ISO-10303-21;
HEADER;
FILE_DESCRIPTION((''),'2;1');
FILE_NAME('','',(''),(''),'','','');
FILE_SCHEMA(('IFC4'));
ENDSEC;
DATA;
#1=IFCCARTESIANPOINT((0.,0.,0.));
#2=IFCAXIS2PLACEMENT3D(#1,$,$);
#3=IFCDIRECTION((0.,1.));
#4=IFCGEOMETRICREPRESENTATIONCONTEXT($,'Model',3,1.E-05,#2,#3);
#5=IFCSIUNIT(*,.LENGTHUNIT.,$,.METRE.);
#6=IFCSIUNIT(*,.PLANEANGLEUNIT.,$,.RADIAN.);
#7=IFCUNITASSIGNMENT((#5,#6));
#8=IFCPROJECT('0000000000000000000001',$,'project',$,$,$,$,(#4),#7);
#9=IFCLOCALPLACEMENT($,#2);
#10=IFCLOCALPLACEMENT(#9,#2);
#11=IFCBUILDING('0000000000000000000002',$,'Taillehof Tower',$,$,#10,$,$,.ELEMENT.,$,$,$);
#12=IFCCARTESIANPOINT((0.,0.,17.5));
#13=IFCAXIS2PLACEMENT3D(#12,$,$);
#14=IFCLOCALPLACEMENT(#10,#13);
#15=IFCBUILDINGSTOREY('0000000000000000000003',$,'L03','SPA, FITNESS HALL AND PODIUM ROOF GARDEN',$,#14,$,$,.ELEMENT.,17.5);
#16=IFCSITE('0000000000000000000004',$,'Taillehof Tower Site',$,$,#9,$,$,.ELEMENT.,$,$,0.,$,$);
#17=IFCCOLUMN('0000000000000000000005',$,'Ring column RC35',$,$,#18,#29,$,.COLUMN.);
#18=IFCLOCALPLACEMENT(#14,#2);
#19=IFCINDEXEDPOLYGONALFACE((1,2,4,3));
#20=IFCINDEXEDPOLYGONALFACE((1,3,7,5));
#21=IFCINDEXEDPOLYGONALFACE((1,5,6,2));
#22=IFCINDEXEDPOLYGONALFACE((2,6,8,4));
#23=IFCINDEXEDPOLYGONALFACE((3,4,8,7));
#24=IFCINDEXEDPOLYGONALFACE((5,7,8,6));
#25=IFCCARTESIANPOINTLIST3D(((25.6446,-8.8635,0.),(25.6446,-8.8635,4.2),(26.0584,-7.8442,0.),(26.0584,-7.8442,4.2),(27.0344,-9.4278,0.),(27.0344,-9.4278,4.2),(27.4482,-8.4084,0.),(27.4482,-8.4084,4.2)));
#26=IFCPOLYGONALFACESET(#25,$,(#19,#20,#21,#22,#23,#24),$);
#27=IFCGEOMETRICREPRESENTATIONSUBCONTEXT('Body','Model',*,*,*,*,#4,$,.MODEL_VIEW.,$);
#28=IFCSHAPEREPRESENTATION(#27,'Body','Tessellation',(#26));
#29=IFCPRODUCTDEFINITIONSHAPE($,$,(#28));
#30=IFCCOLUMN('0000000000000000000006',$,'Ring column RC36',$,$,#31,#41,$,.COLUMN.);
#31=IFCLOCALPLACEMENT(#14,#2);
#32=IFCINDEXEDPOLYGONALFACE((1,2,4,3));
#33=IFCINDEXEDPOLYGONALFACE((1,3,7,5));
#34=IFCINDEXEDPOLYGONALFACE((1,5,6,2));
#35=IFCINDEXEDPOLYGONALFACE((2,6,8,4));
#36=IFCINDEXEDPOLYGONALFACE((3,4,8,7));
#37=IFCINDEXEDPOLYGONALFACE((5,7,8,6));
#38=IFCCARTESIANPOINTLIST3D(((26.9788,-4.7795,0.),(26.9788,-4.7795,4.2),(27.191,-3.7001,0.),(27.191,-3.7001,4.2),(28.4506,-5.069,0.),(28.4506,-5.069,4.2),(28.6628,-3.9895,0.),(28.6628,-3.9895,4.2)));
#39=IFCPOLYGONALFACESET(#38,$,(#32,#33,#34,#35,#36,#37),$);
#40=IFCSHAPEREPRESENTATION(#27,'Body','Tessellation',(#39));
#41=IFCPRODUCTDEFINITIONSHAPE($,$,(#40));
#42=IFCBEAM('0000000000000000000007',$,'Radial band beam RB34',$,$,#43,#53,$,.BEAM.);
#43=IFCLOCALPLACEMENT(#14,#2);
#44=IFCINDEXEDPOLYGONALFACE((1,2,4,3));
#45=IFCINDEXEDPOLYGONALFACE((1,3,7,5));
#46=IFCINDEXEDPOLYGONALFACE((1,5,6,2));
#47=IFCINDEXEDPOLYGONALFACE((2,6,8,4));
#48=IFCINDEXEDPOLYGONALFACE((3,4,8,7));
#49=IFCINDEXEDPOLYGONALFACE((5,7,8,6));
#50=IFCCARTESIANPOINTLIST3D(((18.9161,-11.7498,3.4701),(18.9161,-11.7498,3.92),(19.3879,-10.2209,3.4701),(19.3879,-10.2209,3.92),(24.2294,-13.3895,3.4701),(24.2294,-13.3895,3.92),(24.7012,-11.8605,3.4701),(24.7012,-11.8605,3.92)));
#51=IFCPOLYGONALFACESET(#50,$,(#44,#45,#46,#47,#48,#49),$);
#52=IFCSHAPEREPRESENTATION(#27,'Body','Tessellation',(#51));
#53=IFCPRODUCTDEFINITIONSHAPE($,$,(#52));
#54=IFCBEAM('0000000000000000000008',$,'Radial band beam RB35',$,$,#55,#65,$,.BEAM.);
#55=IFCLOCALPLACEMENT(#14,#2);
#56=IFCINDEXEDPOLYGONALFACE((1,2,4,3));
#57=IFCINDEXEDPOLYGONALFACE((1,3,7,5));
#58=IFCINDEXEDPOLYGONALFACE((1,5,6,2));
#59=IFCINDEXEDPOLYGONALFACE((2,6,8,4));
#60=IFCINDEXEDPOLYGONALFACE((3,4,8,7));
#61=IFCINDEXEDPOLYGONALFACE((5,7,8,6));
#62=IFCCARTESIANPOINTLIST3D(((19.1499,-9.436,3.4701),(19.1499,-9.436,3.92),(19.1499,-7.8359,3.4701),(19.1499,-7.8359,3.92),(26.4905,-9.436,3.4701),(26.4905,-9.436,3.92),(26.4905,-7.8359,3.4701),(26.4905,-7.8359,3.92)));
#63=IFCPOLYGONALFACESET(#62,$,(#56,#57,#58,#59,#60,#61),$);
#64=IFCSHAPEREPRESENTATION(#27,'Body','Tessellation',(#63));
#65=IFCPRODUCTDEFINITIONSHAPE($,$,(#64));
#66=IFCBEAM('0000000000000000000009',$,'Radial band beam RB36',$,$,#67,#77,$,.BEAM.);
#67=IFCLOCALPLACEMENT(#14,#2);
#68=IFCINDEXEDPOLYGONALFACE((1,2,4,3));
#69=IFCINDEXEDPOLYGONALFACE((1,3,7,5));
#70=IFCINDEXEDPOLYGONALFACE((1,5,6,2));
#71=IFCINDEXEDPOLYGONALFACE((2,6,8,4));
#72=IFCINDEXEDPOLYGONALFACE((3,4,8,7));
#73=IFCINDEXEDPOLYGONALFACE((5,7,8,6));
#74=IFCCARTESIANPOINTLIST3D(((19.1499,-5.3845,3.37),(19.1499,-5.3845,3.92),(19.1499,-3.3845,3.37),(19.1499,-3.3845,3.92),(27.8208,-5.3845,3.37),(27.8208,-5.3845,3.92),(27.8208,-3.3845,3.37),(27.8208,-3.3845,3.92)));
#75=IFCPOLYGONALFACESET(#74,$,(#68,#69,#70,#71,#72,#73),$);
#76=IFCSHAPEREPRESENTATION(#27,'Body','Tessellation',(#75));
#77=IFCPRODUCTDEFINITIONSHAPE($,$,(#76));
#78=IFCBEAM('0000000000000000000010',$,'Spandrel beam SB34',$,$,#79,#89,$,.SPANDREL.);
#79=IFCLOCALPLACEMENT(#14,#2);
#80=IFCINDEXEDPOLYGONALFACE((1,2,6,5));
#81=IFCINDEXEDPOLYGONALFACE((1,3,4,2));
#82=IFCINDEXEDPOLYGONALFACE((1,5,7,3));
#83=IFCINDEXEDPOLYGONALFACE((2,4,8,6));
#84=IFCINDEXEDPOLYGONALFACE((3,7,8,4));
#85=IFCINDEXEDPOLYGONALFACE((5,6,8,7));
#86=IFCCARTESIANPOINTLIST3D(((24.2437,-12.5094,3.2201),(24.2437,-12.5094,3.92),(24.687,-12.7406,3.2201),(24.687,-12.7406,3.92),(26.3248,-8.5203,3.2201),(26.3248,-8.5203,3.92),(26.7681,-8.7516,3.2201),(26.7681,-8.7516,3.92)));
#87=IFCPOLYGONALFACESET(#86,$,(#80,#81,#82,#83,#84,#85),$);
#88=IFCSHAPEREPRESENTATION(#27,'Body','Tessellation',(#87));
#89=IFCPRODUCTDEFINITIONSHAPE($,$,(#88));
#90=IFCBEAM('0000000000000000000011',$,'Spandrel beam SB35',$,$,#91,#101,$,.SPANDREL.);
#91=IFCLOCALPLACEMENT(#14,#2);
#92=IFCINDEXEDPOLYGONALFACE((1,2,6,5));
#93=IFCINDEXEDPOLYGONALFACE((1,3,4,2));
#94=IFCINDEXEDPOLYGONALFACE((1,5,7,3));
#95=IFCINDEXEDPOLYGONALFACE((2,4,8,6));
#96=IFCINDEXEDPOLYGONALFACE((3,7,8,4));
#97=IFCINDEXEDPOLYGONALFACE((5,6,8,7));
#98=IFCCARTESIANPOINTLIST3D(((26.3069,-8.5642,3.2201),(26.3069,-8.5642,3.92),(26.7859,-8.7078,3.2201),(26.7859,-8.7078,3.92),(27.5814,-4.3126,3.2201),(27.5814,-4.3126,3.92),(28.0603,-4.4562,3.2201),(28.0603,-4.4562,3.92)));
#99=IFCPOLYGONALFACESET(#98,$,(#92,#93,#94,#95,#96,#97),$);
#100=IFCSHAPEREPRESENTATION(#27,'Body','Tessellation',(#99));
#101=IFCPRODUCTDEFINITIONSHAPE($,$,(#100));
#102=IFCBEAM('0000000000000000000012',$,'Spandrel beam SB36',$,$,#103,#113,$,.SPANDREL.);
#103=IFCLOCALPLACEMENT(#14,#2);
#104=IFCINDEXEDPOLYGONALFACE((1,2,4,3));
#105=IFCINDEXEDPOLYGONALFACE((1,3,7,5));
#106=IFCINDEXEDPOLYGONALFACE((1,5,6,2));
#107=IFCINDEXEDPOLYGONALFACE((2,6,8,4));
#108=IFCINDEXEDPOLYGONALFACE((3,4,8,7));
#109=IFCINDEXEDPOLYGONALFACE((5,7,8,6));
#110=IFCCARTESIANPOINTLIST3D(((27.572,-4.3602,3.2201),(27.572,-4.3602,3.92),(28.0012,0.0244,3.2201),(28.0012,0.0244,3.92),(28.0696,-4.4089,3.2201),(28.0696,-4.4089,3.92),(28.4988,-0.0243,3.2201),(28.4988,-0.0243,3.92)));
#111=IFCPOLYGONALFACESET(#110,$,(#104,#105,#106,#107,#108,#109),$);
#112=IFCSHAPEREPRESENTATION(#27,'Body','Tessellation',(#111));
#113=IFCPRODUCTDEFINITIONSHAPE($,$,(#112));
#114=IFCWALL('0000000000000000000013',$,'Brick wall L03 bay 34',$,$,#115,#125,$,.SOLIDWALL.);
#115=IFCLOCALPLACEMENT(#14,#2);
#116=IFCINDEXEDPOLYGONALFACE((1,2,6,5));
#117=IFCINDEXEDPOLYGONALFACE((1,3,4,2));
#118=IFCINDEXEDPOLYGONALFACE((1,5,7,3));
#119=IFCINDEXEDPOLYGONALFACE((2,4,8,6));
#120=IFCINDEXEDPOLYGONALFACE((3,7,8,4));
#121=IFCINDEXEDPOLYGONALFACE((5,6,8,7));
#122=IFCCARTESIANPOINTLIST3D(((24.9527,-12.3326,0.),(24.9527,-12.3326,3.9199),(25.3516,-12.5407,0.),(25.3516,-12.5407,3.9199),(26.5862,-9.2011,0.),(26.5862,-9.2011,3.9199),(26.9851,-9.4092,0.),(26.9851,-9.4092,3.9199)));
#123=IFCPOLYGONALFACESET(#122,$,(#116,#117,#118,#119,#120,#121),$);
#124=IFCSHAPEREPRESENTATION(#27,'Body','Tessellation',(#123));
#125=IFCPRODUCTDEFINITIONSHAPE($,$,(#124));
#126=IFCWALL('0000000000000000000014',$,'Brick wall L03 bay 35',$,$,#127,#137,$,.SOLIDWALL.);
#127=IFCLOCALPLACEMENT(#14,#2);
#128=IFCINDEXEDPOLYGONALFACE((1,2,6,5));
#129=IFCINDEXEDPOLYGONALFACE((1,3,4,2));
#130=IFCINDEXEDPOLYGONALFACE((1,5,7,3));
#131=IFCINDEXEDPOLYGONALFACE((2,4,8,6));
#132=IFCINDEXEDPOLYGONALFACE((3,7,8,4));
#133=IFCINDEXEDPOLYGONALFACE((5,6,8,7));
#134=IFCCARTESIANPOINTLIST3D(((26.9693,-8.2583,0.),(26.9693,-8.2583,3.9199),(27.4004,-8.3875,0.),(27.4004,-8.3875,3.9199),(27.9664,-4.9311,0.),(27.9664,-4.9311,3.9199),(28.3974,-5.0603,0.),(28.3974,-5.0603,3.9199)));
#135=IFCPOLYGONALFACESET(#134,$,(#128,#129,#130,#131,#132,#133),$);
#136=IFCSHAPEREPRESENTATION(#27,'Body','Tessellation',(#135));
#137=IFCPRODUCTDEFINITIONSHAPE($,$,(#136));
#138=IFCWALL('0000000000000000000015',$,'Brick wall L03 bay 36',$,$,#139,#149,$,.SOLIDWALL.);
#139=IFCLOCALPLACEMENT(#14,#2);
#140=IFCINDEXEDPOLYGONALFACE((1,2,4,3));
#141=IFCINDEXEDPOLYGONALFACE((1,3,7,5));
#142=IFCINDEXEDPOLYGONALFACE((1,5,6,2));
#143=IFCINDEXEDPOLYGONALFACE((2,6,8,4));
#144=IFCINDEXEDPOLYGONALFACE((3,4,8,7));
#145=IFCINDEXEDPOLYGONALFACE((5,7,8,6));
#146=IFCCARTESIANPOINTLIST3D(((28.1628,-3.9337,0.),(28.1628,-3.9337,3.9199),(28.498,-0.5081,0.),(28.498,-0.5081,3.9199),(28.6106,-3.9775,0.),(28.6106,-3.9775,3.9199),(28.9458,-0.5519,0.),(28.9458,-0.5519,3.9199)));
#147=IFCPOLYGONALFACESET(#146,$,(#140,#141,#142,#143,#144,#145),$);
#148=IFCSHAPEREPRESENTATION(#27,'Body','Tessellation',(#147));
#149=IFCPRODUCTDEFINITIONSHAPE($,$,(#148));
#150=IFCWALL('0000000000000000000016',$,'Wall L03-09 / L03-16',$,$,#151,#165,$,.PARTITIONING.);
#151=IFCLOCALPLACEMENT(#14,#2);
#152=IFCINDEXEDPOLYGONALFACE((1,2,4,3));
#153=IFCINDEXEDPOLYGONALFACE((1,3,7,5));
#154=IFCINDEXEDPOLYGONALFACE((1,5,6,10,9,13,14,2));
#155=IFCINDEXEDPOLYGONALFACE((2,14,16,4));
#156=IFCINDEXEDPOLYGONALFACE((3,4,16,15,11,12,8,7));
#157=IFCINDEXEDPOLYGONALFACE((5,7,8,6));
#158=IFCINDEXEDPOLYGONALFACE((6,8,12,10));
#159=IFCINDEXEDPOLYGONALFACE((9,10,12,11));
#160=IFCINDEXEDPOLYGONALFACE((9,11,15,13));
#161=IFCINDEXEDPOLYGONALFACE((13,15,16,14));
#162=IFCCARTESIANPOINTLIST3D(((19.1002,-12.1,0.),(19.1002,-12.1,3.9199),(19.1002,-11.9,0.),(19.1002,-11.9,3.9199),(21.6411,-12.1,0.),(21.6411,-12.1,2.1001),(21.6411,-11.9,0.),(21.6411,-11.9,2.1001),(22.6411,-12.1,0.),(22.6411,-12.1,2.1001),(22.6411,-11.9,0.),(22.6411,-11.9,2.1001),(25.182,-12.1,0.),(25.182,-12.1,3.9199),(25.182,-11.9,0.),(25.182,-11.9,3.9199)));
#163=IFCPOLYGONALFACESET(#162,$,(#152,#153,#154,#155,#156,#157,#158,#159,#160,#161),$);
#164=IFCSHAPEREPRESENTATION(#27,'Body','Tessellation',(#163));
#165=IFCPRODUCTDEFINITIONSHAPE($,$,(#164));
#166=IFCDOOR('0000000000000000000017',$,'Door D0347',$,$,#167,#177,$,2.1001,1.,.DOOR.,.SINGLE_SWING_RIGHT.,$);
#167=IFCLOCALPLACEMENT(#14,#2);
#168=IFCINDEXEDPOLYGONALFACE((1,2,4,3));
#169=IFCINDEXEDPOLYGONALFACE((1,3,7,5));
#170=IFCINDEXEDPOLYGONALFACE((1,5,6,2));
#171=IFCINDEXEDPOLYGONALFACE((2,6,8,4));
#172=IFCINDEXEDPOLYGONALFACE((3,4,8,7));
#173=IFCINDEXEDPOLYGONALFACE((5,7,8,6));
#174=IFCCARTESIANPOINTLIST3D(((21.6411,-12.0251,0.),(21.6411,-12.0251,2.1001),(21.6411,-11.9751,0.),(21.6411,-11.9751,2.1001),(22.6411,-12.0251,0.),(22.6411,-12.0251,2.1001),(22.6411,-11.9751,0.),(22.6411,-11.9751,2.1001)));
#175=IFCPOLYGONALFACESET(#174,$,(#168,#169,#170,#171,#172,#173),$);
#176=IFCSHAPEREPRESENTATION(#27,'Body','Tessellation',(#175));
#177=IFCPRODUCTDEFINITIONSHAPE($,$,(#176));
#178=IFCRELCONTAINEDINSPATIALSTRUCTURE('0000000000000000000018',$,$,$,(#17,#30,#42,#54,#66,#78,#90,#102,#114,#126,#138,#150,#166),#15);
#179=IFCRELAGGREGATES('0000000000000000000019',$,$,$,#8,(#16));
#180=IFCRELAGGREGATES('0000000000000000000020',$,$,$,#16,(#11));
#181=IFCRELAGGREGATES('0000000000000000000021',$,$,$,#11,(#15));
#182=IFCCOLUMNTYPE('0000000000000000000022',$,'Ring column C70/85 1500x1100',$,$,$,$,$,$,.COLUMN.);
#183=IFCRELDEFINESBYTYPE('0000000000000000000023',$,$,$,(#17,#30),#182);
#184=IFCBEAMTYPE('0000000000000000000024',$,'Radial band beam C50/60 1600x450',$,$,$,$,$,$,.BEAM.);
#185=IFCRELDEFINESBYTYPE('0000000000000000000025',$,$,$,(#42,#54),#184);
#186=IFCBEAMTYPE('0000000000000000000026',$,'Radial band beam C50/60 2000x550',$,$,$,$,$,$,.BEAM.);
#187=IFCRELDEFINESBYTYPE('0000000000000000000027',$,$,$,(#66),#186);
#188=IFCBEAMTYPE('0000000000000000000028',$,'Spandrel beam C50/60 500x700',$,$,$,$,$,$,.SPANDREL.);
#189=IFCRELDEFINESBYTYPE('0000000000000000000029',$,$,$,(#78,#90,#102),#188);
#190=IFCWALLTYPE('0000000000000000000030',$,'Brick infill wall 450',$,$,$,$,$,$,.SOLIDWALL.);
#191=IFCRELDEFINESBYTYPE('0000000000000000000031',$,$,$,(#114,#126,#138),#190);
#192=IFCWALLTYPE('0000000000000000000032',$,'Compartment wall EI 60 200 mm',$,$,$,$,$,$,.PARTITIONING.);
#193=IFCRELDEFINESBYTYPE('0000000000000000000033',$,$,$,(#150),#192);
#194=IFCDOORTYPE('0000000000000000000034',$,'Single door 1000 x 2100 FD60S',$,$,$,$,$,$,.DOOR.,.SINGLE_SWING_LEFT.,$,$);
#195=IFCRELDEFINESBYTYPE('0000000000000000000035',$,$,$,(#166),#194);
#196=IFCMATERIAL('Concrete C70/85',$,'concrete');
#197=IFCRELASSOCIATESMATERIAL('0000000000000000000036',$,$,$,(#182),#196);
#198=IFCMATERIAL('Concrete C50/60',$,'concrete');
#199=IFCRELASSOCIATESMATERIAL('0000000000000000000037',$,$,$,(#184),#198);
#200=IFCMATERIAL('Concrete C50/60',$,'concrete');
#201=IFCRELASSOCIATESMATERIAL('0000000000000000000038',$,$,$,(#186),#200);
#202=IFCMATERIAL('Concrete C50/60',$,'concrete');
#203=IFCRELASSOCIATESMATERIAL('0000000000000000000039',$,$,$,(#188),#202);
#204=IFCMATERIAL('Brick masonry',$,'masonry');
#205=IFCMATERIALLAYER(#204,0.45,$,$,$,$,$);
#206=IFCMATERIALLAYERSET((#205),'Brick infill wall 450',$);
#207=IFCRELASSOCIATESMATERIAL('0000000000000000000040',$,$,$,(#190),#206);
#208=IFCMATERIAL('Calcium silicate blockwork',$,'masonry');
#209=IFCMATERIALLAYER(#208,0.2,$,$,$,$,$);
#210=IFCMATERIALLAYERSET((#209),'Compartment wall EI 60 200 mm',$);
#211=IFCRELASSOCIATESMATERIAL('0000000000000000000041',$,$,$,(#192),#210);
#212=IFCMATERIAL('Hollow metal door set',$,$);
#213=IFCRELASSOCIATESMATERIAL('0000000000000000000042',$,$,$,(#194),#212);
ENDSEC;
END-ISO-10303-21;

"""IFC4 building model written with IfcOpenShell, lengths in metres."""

from ifc_helpers import new_model, si_unit, direction, frame, frame_2d, origin, origin_2d, place, context, subcontext, project, spatial, rectangle, extrude, material, layer, layer_set, material_profile, profile_set, type_object, element, fill, save


model = new_model("IFC4")

# Units and contexts
model_context = context("Model", 3, precision=1e-05, world=origin(), true_north=direction((0.0, 1.0)))
body_context = subcontext(model_context, "Body", "Model", "MODEL_VIEW")
ifc_project = project(units=[si_unit("LENGTHUNIT", "METRE"), si_unit("PLANEANGLEUNIT", "RADIAN")], contexts=[model_context])

# Site, building, storey
site_placement = place(None, origin())
site = spatial("IfcSite", under=ifc_project, at=site_placement, Name="Taillehof Tower Site", CompositionType="ELEMENT", RefElevation=0.0)
building_placement = place(site_placement, origin())
building = spatial("IfcBuilding", under=site, at=building_placement, Name="Taillehof Tower", CompositionType="ELEMENT")
storey_placement = place(building_placement, frame((0.0, 0.0, 17.5)))
storey = spatial("IfcBuildingStorey", under=building, at=storey_placement, Name="L03", Description="SPA, FITNESS HALL AND PODIUM ROOF GARDEN", CompositionType="ELEMENT", Elevation=17.5)

# Columns
ifc_material_1 = material(Name="Concrete C70/85", Category="concrete")
ifc_material_profile_1 = material_profile(ifc_material_1, rectangle(XDim=1.5, YDim=1.1001, at=origin_2d()), Name="RC 1500x1100")
ifc_profile_set_1 = profile_set([ifc_material_profile_1], Name="Concrete C70/85")
column_type = type_object("IfcColumnType", Name="Ring column C70/85 1500x1100", PredefinedType="COLUMN", material=ifc_profile_set_1)
for number, where, z_axis, x_axis, name in (
    (1, (26.5464, -8.636, 0.0), (0.0, 0.0, 1.0), (0.926558, -0.376152, 0.0), "Ring column RC35"),
    (2, (27.8208, -4.3845, 0.0), (0.0, 0.0, 1.0), (0.981204, -0.192976, 0.0), "Ring column RC36"),
):
    element("IfcColumn", number, at=place(storey_placement, frame(where, z_axis=z_axis, x_axis=x_axis)), inside=storey, type_object=column_type, Name=name, PredefinedType="COLUMN", context=body_context, shape_type="SweptSolid", body=[
        extrude(rectangle(XDim=1.5, YDim=1.1001, at=origin_2d()), origin(), (0.0, 0.0, 1.0), 4.2),
    ])

# Beams
ifc_material_2 = material(Name="Concrete C50/60", Category="concrete")
ifc_material_profile_2 = material_profile(ifc_material_2, rectangle(XDim=1.6001, YDim=0.45, at=origin_2d()), Name="RC 1600x450")
ifc_profile_set_2 = profile_set([ifc_material_profile_2], Name="Concrete C50/60")
beam_type_1 = type_object("IfcBeamType", Name="Radial band beam C50/60 1600x450", PredefinedType="BEAM", material=ifc_profile_set_2)
beam_1_placement = place(storey_placement, frame((24.4653, -12.625, 3.6951), z_axis=(-0.955536, 0.294876, 0.0), x_axis=(-0.294876, -0.955536, 0.0)))
element("IfcBeam", 3, at=beam_1_placement, inside=storey, type_object=beam_type_1, Name="Radial band beam RB34", PredefinedType="BEAM", context=body_context, shape_type="SweptSolid", body=[
    extrude(rectangle(XDim=1.6001, YDim=0.45, at=origin_2d()), origin(), (0.0, 0.0, 1.0), 5.5605),
])
beam_2_placement = place(storey_placement, frame((26.4905, -8.636, 3.6951), z_axis=(-1.0, 0.0, 0.0), x_axis=(0.0, -1.0, 0.0)))
element("IfcBeam", 4, at=beam_2_placement, inside=storey, type_object=beam_type_1, Name="Radial band beam RB35", PredefinedType="BEAM", context=body_context, shape_type="SweptSolid", body=[
    extrude(rectangle(XDim=1.6001, YDim=0.45, at=origin_2d()), origin(), (0.0, 0.0, 1.0), 7.3406),
])
ifc_material_3 = material(Name="Concrete C50/60", Category="concrete")
ifc_material_profile_3 = material_profile(ifc_material_3, rectangle(XDim=2.0, YDim=0.55, at=origin_2d()), Name="RC 2000x550")
ifc_profile_set_3 = profile_set([ifc_material_profile_3], Name="Concrete C50/60")
beam_type_2 = type_object("IfcBeamType", Name="Radial band beam C50/60 2000x550", PredefinedType="BEAM", material=ifc_profile_set_3)
beam_3_placement = place(storey_placement, frame((27.8208, -4.3845, 3.645), z_axis=(-1.0, 0.0, 0.0), x_axis=(0.0, -1.0, 0.0)))
element("IfcBeam", 5, at=beam_3_placement, inside=storey, type_object=beam_type_2, Name="Radial band beam RB36", PredefinedType="BEAM", context=body_context, shape_type="SweptSolid", body=[
    extrude(rectangle(XDim=2.0, YDim=0.55, at=origin_2d()), origin(), (0.0, 0.0, 1.0), 8.6709),
])
ifc_material_4 = material(Name="Concrete C50/60", Category="concrete")
ifc_material_profile_4 = material_profile(ifc_material_4, rectangle(XDim=0.5, YDim=0.7, at=origin_2d()), Name="RC 500x700")
ifc_profile_set_4 = profile_set([ifc_material_profile_4], Name="Concrete C50/60")
beam_type_3 = type_object("IfcBeamType", Name="Spandrel beam C50/60 500x700", PredefinedType="SPANDREL", material=ifc_profile_set_4)
beam_4_placement = place(storey_placement, frame((24.4653, -12.625, 3.5701), z_axis=(0.462536, 0.8866, 0.0), x_axis=(-0.8866, 0.462536, 0.0)))
element("IfcBeam", 6, at=beam_4_placement, inside=storey, type_object=beam_type_3, Name="Spandrel beam SB34", PredefinedType="SPANDREL", context=body_context, shape_type="SweptSolid", body=[
    extrude(rectangle(XDim=0.5, YDim=0.7, at=origin_2d()), origin(), (0.0, 0.0, 1.0), 4.4993),
])
beam_5_placement = place(storey_placement, frame((26.5464, -8.636, 3.5701), z_axis=(0.287136, 0.95789, 0.0), x_axis=(-0.95789, 0.287136, 0.0)))
element("IfcBeam", 7, at=beam_5_placement, inside=storey, type_object=beam_type_3, Name="Spandrel beam SB35", PredefinedType="SPANDREL", context=body_context, shape_type="SweptSolid", body=[
    extrude(rectangle(XDim=0.5, YDim=0.7, at=origin_2d()), origin(), (0.0, 0.0, 1.0), 4.4385),
])
beam_6_placement = place(storey_placement, frame((27.8208, -4.3845, 3.5701), z_axis=(0.097424, 0.995243, 0.0), x_axis=(-0.995243, 0.097424, 0.0)))
element("IfcBeam", 8, at=beam_6_placement, inside=storey, type_object=beam_type_3, Name="Spandrel beam SB36", PredefinedType="SPANDREL", context=body_context, shape_type="SweptSolid", body=[
    extrude(rectangle(XDim=0.5, YDim=0.7, at=origin_2d()), origin(), (0.0, 0.0, 1.0), 4.4055),
])

# Walls
ifc_material_5 = material(Name="Brick masonry", Category="masonry")
ifc_layer_1 = layer(ifc_material_5, 0.45)
ifc_layer_set_1 = layer_set([ifc_layer_1], Name="Brick infill wall 450")
wall_type_1 = type_object("IfcWallType", Name="Brick infill wall 450", PredefinedType="SOLIDWALL", material=ifc_layer_set_1)
wall_1_placement = place(storey_placement, frame((25.1521, -12.4368, 0.0), z_axis=(0.0, 0.0, 1.0), x_axis=(0.462493, 0.886623, 0.0)))
element("IfcWall", 9, at=wall_1_placement, inside=storey, type_object=wall_type_1, Name="Brick wall L03 bay 34", PredefinedType="SOLIDWALL", context=body_context, shape_type="SweptSolid", body=[
    extrude(rectangle(XDim=3.532, YDim=0.45, at=frame_2d((1.7661, 0.0))), origin(), (0.0, 0.0, 1.0), 3.9199),
])
wall_2_placement = place(storey_placement, frame((27.1848, -8.323, 0.0), z_axis=(0.0, 0.0, 1.0), x_axis=(0.287064, 0.957911, 0.0)))
element("IfcWall", 10, at=wall_2_placement, inside=storey, type_object=wall_type_1, Name="Brick wall L03 bay 35", PredefinedType="SOLIDWALL", context=body_context, shape_type="SweptSolid", body=[
    extrude(rectangle(XDim=3.4734, YDim=0.45, at=frame_2d((1.7368, 0.0))), origin(), (0.0, 0.0, 1.0), 3.9199),
])
wall_3_placement = place(storey_placement, frame((28.3867, -3.9556, 0.0), z_axis=(0.0, 0.0, 1.0), x_axis=(0.09739, 0.995246, 0.0)))
element("IfcWall", 11, at=wall_3_placement, inside=storey, type_object=wall_type_1, Name="Brick wall L03 bay 36", PredefinedType="SOLIDWALL", context=body_context, shape_type="SweptSolid", body=[
    extrude(rectangle(XDim=3.4419, YDim=0.45, at=frame_2d((1.7209, 0.0))), origin(), (0.0, 0.0, 1.0), 3.9199),
])

# Wall, opening, door
ifc_material_6 = material(Name="Calcium silicate blockwork", Category="masonry")
ifc_layer_2 = layer(ifc_material_6, 0.2)
ifc_layer_set_2 = layer_set([ifc_layer_2], Name="Compartment wall EI 60 200 mm")
wall_type_2 = type_object("IfcWallType", Name="Compartment wall EI 60 200 mm", PredefinedType="PARTITIONING", material=ifc_layer_set_2)
wall_4_placement = place(storey_placement, frame((19.1001, -12.0, 0.0), z_axis=(0.0, 0.0, 1.0), x_axis=(1.0, 0.0, 0.0)))
wall_4 = element("IfcWall", 12, at=wall_4_placement, inside=storey, type_object=wall_type_2, Name="Wall L03-09 / L03-16", PredefinedType="PARTITIONING", context=body_context, shape_type="SweptSolid", body=[
    extrude(rectangle(XDim=6.0818, YDim=0.2, at=frame_2d((3.041, 0.0))), origin(), (0.0, 0.0, 1.0), 3.9199),
])
opening_1_placement = place(wall_4_placement, frame((2.541, 0.0, 0.0)))
opening_1 = element("IfcOpeningElement", 13, at=opening_1_placement, cuts=wall_4, PredefinedType="OPENING", context=body_context, shape_type="SweptSolid", body=[
    extrude(rectangle(XDim=1.0, YDim=2.1001, at=frame_2d((0.5, 1.05))), frame((0.0, 0.1099, 0.0), z_axis=(0.0, -1.0, 0.0), x_axis=(1.0, 0.0, 0.0)), (0.0, 0.0, 1.0), 0.22),
])
ifc_material_7 = material(Name="Hollow metal door set")
door_type_1 = type_object("IfcDoorType", Name="Single door 1000 x 2100 FD60S", OperationType="SINGLE_SWING_LEFT", PredefinedType="DOOR", material=ifc_material_7)
door_1_placement = place(opening_1_placement, origin())
door_1 = element("IfcDoor", 14, at=door_1_placement, inside=storey, type_object=door_type_1, Name="Door D0347", OperationType="SINGLE_SWING_RIGHT", OverallHeight=2.1001, OverallWidth=1.0, PredefinedType="DOOR", context=body_context, shape_type="SweptSolid", body=[
    extrude(rectangle(XDim=1.0, YDim=2.1001, at=frame_2d((0.5, 1.05))), frame((0.0, 0.0249, 0.0), z_axis=(0.0, -1.0, 0.0), x_axis=(1.0, 0.0, 0.0)), (0.0, 0.0, 1.0), 0.05),
])
fill(opening_1, door_1)

save(model, "model.ifc")
